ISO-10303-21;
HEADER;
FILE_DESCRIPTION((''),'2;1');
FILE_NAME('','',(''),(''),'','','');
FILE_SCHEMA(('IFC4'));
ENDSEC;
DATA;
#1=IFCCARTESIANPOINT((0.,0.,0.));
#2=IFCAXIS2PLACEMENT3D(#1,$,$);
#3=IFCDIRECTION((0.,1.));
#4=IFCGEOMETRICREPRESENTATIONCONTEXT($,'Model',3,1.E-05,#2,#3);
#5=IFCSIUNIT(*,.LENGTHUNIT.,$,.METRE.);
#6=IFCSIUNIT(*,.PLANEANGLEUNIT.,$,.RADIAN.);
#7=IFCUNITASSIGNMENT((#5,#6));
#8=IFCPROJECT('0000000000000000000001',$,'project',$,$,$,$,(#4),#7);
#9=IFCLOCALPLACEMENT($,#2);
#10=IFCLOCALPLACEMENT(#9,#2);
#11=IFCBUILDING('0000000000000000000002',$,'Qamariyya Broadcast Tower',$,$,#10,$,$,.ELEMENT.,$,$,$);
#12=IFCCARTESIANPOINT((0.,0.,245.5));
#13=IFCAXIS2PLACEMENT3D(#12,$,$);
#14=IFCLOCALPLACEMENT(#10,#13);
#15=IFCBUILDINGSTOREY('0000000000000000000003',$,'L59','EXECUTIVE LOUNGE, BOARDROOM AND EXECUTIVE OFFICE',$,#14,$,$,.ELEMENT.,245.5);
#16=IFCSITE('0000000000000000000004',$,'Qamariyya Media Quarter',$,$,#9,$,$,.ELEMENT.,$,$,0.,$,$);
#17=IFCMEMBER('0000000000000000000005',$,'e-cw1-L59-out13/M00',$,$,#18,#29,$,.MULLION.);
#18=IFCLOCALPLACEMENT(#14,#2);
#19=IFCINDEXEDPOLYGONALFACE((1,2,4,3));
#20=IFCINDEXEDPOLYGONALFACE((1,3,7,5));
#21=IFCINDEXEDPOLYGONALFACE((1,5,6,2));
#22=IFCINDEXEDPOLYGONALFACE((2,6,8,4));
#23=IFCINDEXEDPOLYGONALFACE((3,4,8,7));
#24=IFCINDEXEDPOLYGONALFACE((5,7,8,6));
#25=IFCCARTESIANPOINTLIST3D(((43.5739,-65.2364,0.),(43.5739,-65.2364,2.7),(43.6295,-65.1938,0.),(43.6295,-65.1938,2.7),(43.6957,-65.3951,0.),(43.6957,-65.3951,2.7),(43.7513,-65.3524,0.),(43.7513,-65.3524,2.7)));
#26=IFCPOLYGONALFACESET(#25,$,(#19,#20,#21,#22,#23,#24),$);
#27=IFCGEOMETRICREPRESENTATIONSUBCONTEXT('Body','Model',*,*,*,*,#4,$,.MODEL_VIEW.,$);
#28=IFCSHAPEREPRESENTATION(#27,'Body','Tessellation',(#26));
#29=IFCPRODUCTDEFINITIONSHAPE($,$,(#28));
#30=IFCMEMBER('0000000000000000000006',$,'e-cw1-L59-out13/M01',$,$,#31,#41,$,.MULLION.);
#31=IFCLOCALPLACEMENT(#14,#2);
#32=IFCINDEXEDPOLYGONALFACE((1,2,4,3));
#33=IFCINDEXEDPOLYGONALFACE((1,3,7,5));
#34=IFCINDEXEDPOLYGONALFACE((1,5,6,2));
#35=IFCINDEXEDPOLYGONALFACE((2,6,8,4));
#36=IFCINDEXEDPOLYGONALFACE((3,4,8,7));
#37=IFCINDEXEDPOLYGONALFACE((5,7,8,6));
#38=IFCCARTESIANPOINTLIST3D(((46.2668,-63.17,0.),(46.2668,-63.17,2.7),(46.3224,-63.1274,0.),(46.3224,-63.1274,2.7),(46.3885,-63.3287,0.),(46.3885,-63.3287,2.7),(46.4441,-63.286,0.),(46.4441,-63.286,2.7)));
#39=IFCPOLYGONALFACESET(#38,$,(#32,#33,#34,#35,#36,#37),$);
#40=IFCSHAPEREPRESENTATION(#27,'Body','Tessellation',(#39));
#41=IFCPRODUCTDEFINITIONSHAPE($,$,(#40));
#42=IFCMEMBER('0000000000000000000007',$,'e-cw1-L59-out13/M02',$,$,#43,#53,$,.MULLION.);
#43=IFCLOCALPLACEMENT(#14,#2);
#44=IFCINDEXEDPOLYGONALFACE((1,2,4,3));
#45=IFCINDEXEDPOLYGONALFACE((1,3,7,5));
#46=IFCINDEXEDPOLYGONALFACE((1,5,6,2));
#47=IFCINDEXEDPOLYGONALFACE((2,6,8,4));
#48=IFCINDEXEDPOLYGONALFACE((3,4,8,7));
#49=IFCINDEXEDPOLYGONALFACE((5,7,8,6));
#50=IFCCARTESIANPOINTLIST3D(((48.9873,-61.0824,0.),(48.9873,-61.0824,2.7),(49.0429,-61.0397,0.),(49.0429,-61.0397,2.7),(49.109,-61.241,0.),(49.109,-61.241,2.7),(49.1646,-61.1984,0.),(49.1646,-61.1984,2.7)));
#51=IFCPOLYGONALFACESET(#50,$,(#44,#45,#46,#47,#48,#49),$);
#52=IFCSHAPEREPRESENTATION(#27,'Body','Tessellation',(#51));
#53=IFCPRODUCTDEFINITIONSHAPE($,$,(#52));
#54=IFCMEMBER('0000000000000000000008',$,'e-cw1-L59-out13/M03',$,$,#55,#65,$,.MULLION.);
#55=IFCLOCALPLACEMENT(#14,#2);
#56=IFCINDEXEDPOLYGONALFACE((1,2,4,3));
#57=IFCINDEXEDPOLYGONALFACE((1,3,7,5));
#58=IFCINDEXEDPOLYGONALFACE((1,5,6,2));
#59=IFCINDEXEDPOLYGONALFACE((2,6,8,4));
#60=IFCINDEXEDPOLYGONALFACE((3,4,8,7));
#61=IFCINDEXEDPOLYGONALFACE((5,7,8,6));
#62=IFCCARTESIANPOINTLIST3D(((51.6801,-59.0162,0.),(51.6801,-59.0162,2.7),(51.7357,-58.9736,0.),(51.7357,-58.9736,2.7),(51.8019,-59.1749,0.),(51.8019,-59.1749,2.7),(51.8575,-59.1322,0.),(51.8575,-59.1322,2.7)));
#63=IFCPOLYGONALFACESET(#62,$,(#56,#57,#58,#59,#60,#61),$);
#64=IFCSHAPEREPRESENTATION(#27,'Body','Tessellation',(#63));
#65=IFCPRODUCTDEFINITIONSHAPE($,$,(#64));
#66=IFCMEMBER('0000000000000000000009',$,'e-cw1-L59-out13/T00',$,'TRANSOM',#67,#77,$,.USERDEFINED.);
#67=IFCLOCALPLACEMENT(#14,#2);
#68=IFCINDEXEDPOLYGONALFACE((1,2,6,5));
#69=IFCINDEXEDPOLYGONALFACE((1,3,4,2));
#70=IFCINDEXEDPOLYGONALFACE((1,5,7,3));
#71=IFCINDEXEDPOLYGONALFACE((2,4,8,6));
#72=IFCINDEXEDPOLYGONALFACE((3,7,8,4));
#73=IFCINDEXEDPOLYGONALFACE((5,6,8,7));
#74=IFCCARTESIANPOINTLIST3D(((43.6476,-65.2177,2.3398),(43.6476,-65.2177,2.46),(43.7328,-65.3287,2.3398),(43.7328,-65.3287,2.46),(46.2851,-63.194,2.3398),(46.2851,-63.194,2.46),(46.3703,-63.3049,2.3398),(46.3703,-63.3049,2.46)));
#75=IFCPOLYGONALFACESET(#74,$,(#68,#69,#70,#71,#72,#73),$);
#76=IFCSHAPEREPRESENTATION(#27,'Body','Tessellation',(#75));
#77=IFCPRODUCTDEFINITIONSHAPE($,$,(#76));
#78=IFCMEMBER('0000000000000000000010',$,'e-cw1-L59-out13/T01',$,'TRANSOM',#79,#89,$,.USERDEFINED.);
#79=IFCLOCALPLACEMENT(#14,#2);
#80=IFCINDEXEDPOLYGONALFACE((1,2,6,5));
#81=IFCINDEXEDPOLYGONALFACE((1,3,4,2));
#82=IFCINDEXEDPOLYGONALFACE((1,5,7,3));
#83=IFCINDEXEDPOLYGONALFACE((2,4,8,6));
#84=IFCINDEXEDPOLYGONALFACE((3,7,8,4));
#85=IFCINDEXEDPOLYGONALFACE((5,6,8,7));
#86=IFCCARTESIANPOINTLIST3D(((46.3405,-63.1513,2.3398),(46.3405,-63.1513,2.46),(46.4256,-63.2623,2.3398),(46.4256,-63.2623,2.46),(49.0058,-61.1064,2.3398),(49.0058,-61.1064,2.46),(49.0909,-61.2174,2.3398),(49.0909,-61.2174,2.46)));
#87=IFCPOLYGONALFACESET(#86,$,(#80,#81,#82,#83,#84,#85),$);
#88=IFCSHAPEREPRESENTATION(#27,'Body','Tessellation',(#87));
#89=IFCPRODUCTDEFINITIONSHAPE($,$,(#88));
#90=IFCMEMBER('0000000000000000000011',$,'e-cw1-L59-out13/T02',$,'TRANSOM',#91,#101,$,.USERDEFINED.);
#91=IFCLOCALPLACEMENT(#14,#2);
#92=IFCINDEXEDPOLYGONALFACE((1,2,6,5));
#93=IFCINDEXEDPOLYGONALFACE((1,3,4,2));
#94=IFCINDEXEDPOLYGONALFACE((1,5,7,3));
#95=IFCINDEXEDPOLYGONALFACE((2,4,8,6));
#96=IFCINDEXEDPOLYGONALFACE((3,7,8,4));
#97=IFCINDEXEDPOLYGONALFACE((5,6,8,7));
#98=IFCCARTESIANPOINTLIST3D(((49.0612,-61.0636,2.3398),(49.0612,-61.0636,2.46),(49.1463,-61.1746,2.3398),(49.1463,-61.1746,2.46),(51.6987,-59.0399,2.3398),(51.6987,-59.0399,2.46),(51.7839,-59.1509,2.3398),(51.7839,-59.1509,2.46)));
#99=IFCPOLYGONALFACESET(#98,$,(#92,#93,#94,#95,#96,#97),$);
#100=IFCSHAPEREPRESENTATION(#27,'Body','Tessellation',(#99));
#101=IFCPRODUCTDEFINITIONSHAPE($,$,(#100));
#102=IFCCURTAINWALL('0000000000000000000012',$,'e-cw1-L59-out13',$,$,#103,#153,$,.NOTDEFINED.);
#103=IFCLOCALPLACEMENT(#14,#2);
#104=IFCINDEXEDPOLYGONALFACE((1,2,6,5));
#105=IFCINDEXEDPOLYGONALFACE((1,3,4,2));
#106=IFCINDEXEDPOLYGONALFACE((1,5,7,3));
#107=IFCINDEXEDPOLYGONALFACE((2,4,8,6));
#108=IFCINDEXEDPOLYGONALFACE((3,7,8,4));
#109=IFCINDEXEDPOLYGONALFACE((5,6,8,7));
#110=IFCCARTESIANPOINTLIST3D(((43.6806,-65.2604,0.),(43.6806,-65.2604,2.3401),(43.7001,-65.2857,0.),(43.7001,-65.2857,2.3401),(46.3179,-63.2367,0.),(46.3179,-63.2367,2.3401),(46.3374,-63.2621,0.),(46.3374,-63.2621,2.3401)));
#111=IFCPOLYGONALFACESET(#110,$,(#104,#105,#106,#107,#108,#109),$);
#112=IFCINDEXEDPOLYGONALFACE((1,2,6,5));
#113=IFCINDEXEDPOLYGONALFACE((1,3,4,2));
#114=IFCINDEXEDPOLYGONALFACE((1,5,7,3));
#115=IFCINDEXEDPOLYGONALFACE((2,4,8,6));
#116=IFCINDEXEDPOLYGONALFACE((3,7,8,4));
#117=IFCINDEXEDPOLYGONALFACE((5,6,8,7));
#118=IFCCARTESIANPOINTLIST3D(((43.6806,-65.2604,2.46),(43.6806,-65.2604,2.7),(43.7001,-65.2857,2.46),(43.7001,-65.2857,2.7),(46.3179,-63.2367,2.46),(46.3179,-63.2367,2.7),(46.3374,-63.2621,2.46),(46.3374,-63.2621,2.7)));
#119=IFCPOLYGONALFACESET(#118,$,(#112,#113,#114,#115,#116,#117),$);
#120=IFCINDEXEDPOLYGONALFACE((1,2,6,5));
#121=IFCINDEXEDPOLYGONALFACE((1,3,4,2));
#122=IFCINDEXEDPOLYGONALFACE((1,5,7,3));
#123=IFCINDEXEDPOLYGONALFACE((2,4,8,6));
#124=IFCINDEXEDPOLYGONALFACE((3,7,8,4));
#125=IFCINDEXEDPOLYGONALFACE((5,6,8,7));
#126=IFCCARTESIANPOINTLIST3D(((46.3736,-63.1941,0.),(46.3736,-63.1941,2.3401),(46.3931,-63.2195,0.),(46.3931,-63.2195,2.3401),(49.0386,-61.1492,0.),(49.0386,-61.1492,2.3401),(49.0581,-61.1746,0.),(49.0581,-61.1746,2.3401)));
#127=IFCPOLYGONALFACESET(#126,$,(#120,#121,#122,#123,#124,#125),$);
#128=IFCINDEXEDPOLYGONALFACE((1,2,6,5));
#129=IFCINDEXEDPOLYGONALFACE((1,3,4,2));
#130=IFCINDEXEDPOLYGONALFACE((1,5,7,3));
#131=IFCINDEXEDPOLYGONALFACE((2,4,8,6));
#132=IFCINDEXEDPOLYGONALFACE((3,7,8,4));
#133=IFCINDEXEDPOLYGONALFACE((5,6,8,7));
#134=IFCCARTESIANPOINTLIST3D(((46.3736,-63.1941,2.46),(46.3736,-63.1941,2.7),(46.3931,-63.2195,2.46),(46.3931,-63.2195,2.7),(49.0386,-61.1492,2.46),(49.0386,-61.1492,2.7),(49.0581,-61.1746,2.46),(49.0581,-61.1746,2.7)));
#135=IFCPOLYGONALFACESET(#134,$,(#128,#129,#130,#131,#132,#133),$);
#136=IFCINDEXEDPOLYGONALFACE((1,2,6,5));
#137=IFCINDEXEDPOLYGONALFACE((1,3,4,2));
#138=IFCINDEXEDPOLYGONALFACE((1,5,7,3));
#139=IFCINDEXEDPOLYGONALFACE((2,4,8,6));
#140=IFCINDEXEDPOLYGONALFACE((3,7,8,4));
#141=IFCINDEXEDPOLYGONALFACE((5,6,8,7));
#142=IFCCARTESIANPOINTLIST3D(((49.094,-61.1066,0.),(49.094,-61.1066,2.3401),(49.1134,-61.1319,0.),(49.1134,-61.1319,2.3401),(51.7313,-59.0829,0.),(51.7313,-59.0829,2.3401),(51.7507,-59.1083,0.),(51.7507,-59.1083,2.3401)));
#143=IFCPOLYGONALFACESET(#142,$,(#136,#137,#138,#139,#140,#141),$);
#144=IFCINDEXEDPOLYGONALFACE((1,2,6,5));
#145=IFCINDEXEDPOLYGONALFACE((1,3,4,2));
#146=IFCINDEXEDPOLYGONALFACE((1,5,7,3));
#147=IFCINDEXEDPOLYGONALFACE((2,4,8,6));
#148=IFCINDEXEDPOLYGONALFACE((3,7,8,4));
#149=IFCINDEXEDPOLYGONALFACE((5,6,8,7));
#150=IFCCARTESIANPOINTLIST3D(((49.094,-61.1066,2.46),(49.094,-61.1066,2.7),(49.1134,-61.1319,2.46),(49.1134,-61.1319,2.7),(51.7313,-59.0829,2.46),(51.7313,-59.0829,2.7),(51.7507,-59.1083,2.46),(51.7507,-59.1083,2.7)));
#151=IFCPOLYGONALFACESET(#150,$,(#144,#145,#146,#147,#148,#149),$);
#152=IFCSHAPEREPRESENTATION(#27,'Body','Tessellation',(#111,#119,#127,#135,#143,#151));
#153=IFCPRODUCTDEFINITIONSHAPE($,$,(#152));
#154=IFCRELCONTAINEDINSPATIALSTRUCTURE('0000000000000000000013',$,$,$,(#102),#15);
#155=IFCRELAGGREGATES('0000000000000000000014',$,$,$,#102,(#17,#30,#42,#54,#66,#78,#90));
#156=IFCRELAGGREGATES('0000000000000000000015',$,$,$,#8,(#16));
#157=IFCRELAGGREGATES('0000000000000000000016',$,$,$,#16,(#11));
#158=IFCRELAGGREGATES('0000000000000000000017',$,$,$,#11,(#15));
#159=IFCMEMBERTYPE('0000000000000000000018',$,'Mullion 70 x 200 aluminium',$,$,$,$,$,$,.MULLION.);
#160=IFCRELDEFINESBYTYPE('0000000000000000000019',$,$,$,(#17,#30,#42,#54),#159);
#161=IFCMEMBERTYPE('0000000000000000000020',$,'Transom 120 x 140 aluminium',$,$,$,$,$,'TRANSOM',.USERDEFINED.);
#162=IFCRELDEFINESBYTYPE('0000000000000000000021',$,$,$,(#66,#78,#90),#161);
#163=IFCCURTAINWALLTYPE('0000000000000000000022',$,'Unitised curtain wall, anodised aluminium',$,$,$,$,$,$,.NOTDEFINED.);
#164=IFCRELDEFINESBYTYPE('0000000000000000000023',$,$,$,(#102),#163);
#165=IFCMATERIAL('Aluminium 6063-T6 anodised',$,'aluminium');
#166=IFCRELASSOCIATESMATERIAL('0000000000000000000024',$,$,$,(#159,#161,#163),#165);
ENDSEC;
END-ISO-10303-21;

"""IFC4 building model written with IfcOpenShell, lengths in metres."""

from ifc_helpers import new_model, si_unit, direction, frame, origin, origin_2d, place, context, subcontext, project, spatial, rectangle, extrude, material, material_profile, profile_set, type_object, element, aggregate, save


model = new_model("IFC4")

# Units and contexts
model_context = context("Model", 3, precision=1e-05, world=origin(), true_north=direction((0.0, 1.0)))
body_context = subcontext(model_context, "Body", "Model", "MODEL_VIEW")
ifc_project = project(units=[si_unit("LENGTHUNIT", "METRE"), si_unit("PLANEANGLEUNIT", "RADIAN")], contexts=[model_context])

# Members
ifc_material = material(Name="Aluminium 6063-T6 anodised", Category="aluminium")
ifc_material_profile_1 = material_profile(ifc_material, rectangle(XDim=0.2, YDim=0.0701, at=origin_2d()))
ifc_profile_set_1 = profile_set([ifc_material_profile_1], Name="Aluminium 6063-T6 anodised")
member_type_1 = type_object("IfcMemberType", Name="Mullion 70 x 200 aluminium", PredefinedType="MULLION", material=ifc_profile_set_1)
site_placement = place(None, origin())
building_placement = place(site_placement, origin())
storey_placement = place(building_placement, frame((0.0, 0.0, 245.5)))
member_1_placement = place(storey_placement, frame((43.6626, -65.2944, 0.0), z_axis=(0.0, 0.0, 1.0), x_axis=(-0.608761, 0.793353, 0.0)))
member_1 = element("IfcMember", 1, at=member_1_placement, type_object=member_type_1, Name="e-cw1-L59-out13/M00", PredefinedType="MULLION", context=body_context, shape_type="SweptSolid", body=[
    extrude(rectangle(XDim=0.2, YDim=0.0701, at=origin_2d()), origin(), (0.0, 0.0, 1.0), 2.7),
])
member_2_placement = place(storey_placement, frame((46.3555, -63.228, 0.0), z_axis=(0.0, 0.0, 1.0), x_axis=(-0.608761, 0.793353, 0.0)))
member_2 = element("IfcMember", 2, at=member_2_placement, type_object=member_type_1, Name="e-cw1-L59-out13/M01", PredefinedType="MULLION", context=body_context, shape_type="SweptSolid", body=[
    extrude(rectangle(XDim=0.2, YDim=0.0701, at=origin_2d()), origin(), (0.0, 0.0, 1.0), 2.7),
])
member_3_placement = place(storey_placement, frame((49.0759, -61.1404, 0.0), z_axis=(0.0, 0.0, 1.0), x_axis=(-0.608761, 0.793353, 0.0)))
member_3 = element("IfcMember", 3, at=member_3_placement, type_object=member_type_1, Name="e-cw1-L59-out13/M02", PredefinedType="MULLION", context=body_context, shape_type="SweptSolid", body=[
    extrude(rectangle(XDim=0.2, YDim=0.0701, at=origin_2d()), origin(), (0.0, 0.0, 1.0), 2.7),
])
member_4_placement = place(storey_placement, frame((51.7688, -59.0742, 0.0), z_axis=(0.0, 0.0, 1.0), x_axis=(-0.608761, 0.793353, 0.0)))
member_4 = element("IfcMember", 4, at=member_4_placement, type_object=member_type_1, Name="e-cw1-L59-out13/M03", PredefinedType="MULLION", context=body_context, shape_type="SweptSolid", body=[
    extrude(rectangle(XDim=0.2, YDim=0.0701, at=origin_2d()), origin(), (0.0, 0.0, 1.0), 2.7),
])
ifc_material_profile_2 = material_profile(ifc_material, rectangle(XDim=0.1399, YDim=0.1201, at=origin_2d()))
ifc_profile_set_2 = profile_set([ifc_material_profile_2], Name="Aluminium 6063-T6 anodised")
member_type_2 = type_object("IfcMemberType", Name="Transom 120 x 140 aluminium", ElementType="TRANSOM", PredefinedType="USERDEFINED", material=ifc_profile_set_2)
member_5_placement = place(storey_placement, frame((43.6902, -65.2732, 2.3999), z_axis=(0.793369, 0.608741, 0.0), x_axis=(-0.608741, 0.793369, 0.0)))
member_5 = element("IfcMember", 5, at=member_5_placement, type_object=member_type_2, Name="e-cw1-L59-out13/T00", ObjectType="TRANSOM", PredefinedType="USERDEFINED", context=body_context, shape_type="SweptSolid", body=[
    extrude(rectangle(XDim=0.1399, YDim=0.1201, at=origin_2d()), origin(), (0.0, 0.0, 1.0), 3.3245),
])
member_6_placement = place(storey_placement, frame((46.3831, -63.2068, 2.3999), z_axis=(0.793385, 0.60872, 0.0), x_axis=(-0.60872, 0.793385, 0.0)))
member_6 = element("IfcMember", 6, at=member_6_placement, type_object=member_type_2, Name="e-cw1-L59-out13/T01", ObjectType="TRANSOM", PredefinedType="USERDEFINED", context=body_context, shape_type="SweptSolid", body=[
    extrude(rectangle(XDim=0.1399, YDim=0.1201, at=origin_2d()), origin(), (0.0, 0.0, 1.0), 3.3594),
])
member_7_placement = place(storey_placement, frame((49.1038, -61.1191, 2.3999), z_axis=(0.793369, 0.608741, 0.0), x_axis=(-0.608741, 0.793369, 0.0)))
member_7 = element("IfcMember", 7, at=member_7_placement, type_object=member_type_2, Name="e-cw1-L59-out13/T02", ObjectType="TRANSOM", PredefinedType="USERDEFINED", context=body_context, shape_type="SweptSolid", body=[
    extrude(rectangle(XDim=0.1399, YDim=0.1201, at=origin_2d()), origin(), (0.0, 0.0, 1.0), 3.3245),
])

# Site, building, storey
site = spatial("IfcSite", under=ifc_project, at=site_placement, Name="Qamariyya Media Quarter", CompositionType="ELEMENT", RefElevation=0.0)
building = spatial("IfcBuilding", under=site, at=building_placement, Name="Qamariyya Broadcast Tower", CompositionType="ELEMENT")
storey = spatial("IfcBuildingStorey", under=building, at=storey_placement, Name="L59", Description="EXECUTIVE LOUNGE, BOARDROOM AND EXECUTIVE OFFICE", CompositionType="ELEMENT", Elevation=245.5)

# Curtain wall
curtain_wall_type = type_object("IfcCurtainWallType", Name="Unitised curtain wall, anodised aluminium", PredefinedType="NOTDEFINED", material=ifc_material)
curtain_wall_1_placement = place(storey_placement, origin())
curtain_wall_1 = element("IfcCurtainWall", 8, at=curtain_wall_1_placement, inside=storey, type_object=curtain_wall_type, Name="e-cw1-L59-out13", PredefinedType="NOTDEFINED", context=body_context, shape_type="SweptSolid", body=[
    extrude(rectangle(XDim=3.3242, YDim=0.032, at=origin_2d()), frame((45.009, -64.2612, 0.0), x_axis=(0.793359, 0.608754, 0.0)), (0.0, 0.0, 1.0), 2.3401),
    extrude(rectangle(XDim=3.3242, YDim=0.032, at=origin_2d()), frame((45.009, -64.2612, 2.46), x_axis=(0.793359, 0.608754, 0.0)), (0.0, 0.0, 1.0), 0.24),
    extrude(rectangle(XDim=3.3591, YDim=0.032, at=origin_2d()), frame((47.7158, -62.1843, 0.0), x_axis=(0.793359, 0.608754, 0.0)), (0.0, 0.0, 1.0), 2.3401),
    extrude(rectangle(XDim=3.3591, YDim=0.032, at=origin_2d()), frame((47.7158, -62.1843, 2.46), x_axis=(0.793359, 0.608754, 0.0)), (0.0, 0.0, 1.0), 0.24),
    extrude(rectangle(XDim=3.3242, YDim=0.032, at=origin_2d()), frame((50.4224, -60.1074, 0.0), x_axis=(0.793359, 0.608754, 0.0)), (0.0, 0.0, 1.0), 2.3401),
    extrude(rectangle(XDim=3.3242, YDim=0.032, at=origin_2d()), frame((50.4224, -60.1074, 2.46), x_axis=(0.793359, 0.608754, 0.0)), (0.0, 0.0, 1.0), 0.24),
])
aggregate(curtain_wall_1, [member_1, member_2, member_3, member_4, member_5, member_6, member_7])

save(model, "model.ifc")
